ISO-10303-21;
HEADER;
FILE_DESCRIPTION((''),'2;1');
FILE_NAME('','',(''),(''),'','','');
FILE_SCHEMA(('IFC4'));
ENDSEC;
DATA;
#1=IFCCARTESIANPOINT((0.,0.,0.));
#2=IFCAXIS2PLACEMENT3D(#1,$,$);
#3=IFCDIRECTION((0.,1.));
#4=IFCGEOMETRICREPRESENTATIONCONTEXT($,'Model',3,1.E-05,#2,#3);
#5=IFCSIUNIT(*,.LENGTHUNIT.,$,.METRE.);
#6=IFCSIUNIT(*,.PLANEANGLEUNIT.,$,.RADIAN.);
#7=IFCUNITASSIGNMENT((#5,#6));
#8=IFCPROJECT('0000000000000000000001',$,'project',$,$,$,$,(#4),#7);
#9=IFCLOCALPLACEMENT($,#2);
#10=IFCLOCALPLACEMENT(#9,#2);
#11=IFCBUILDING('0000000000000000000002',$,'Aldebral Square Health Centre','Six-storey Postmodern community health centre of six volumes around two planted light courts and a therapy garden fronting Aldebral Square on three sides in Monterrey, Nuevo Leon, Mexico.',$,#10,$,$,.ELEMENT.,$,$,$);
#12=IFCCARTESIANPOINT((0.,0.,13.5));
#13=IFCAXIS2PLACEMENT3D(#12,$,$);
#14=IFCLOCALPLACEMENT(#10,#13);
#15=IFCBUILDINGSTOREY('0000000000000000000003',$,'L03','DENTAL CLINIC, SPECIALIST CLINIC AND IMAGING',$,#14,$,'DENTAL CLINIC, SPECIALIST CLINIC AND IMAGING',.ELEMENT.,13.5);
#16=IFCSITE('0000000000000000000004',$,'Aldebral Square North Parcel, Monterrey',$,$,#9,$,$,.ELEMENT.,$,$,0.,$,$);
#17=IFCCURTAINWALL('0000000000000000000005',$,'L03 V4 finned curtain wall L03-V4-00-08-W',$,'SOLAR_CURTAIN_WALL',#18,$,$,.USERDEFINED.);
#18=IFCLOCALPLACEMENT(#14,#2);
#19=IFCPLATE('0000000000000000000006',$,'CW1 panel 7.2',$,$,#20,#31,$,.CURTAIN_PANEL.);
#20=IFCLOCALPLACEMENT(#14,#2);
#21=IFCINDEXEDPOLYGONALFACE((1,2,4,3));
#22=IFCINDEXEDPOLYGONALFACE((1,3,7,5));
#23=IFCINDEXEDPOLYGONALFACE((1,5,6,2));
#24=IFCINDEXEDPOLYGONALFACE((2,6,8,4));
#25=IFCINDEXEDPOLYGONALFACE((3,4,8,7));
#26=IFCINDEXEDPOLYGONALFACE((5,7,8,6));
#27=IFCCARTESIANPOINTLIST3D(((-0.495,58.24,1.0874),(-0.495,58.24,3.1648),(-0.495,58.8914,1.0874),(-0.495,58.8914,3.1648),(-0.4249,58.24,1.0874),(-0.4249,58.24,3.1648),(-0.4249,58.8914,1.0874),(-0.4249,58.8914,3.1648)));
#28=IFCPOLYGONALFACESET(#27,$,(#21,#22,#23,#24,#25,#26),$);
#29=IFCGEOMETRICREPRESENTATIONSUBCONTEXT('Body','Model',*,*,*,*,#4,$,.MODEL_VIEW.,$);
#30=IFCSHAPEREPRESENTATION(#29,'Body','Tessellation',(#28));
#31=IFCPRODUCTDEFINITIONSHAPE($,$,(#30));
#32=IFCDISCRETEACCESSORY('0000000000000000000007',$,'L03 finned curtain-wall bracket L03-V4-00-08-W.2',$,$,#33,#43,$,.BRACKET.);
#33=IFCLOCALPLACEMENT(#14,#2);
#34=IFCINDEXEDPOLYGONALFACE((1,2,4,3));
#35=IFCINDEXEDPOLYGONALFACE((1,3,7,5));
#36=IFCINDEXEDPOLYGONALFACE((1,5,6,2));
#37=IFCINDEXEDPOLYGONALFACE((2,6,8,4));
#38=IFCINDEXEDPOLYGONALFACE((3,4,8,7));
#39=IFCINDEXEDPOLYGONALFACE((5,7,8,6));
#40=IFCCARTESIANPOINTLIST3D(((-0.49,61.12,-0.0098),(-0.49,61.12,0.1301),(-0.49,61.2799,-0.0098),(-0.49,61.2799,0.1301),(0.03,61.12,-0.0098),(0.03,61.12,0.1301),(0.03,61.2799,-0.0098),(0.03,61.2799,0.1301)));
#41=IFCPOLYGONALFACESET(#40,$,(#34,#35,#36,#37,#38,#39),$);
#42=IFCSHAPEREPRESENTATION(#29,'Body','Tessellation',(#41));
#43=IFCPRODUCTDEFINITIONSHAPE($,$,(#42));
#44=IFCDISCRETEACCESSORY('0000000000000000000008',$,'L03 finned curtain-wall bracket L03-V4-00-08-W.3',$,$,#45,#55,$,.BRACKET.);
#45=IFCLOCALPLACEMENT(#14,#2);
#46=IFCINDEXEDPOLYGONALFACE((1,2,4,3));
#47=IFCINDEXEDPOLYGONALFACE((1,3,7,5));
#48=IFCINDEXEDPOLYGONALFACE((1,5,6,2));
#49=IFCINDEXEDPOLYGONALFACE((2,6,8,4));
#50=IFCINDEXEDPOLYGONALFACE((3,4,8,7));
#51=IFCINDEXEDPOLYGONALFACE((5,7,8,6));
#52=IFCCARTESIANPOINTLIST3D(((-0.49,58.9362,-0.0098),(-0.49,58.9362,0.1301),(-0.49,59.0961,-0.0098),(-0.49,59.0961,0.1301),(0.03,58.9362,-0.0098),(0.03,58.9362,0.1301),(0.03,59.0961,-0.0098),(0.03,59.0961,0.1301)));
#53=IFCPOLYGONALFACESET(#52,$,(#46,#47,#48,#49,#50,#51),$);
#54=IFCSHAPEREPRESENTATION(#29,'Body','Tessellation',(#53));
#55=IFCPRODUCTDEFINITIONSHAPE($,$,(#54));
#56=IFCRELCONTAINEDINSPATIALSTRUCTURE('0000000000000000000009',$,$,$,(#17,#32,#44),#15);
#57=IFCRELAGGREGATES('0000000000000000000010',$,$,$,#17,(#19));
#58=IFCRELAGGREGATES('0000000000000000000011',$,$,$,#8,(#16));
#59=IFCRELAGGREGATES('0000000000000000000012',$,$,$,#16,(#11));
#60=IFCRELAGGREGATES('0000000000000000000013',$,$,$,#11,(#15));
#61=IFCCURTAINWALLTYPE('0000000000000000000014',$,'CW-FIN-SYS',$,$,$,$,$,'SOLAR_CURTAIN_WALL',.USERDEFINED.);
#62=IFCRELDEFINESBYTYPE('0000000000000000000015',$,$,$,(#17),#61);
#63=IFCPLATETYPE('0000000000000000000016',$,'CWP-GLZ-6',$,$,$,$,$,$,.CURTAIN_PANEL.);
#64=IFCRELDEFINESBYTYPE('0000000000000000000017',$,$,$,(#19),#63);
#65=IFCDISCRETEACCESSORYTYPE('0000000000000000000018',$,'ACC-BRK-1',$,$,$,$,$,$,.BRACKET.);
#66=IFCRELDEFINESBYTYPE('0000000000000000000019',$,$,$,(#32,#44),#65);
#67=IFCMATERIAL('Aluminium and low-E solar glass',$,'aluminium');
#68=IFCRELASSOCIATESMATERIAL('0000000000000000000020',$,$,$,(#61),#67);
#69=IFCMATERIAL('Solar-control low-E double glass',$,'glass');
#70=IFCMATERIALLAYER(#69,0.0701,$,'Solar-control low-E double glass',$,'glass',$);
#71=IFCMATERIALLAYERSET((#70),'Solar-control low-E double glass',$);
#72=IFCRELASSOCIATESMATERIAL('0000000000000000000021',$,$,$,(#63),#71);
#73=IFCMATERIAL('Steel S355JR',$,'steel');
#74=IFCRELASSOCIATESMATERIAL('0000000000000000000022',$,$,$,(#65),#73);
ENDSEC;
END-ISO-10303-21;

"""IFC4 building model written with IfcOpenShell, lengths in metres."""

from ifc_helpers import new_model, si_unit, direction, frame, origin, origin_2d, place, context, subcontext, project, spatial, rectangle, extrude, material, layer, layer_set, type_object, element, aggregate, save


model = new_model("IFC4")

# Units and contexts
model_context = context("Model", 3, precision=1e-05, world=origin(), true_north=direction((0.0, 1.0)))
body_context = subcontext(model_context, "Body", "Model", "MODEL_VIEW")
ifc_project = project(units=[si_unit("LENGTHUNIT", "METRE"), si_unit("PLANEANGLEUNIT", "RADIAN")], contexts=[model_context])

# Site, building, storey
site_placement = place(None, origin())
site = spatial("IfcSite", under=ifc_project, at=site_placement, Name="Aldebral Square North Parcel, Monterrey", CompositionType="ELEMENT", RefElevation=0.0)
building_placement = place(site_placement, origin())
building = spatial("IfcBuilding", under=site, at=building_placement, Name="Aldebral Square Health Centre", Description="Six-storey Postmodern community health centre of six volumes around two planted light courts and a therapy garden fronting Aldebral Square on three sides in Monterrey, Nuevo Leon, Mexico.", CompositionType="ELEMENT")
storey_placement = place(building_placement, frame((0.0, 0.0, 13.5)))
storey = spatial("IfcBuildingStorey", under=building, at=storey_placement, Name="L03", Description="DENTAL CLINIC, SPECIALIST CLINIC AND IMAGING", LongName="DENTAL CLINIC, SPECIALIST CLINIC AND IMAGING", CompositionType="ELEMENT", Elevation=13.5)

# Curtain wall, plate
ifc_material_1 = material(Name="Aluminium and low-E solar glass", Category="aluminium")
curtain_wall_type = type_object("IfcCurtainWallType", Name="CW-FIN-SYS", ElementType="SOLAR_CURTAIN_WALL", PredefinedType="USERDEFINED", material=ifc_material_1)
curtain_wall_placement = place(storey_placement, origin())
curtain_wall = element("IfcCurtainWall", 1, at=curtain_wall_placement, inside=storey, type_object=curtain_wall_type, Name="L03 V4 finned curtain wall L03-V4-00-08-W", ObjectType="SOLAR_CURTAIN_WALL", PredefinedType="USERDEFINED")
ifc_material_2 = material(Name="Solar-control low-E double glass", Category="glass")
ifc_layer = layer(ifc_material_2, 0.0701, Name="Solar-control low-E double glass", Category="glass")
ifc_layer_set = layer_set([ifc_layer], Name="Solar-control low-E double glass")
plate_type = type_object("IfcPlateType", Name="CWP-GLZ-6", PredefinedType="CURTAIN_PANEL", material=ifc_layer_set)
plate_1_placement = place(storey_placement, frame((-0.46, 58.5657, 1.0874), z_axis=(0.0, 0.0, 1.0), x_axis=(0.0, -1.0, 0.0)))
plate_1 = element("IfcPlate", 2, at=plate_1_placement, type_object=plate_type, Name="CW1 panel 7.2", PredefinedType="CURTAIN_PANEL", context=body_context, shape_type="SweptSolid", body=[
    extrude(rectangle(XDim=0.6514, YDim=0.0701, at=origin_2d()), origin(), (0.0, 0.0, 1.0), 2.0774),
])
aggregate(curtain_wall, [plate_1])

# Discrete accessories
ifc_material_3 = material(Name="Steel S355JR", Category="steel")
discrete_accessory_type = type_object("IfcDiscreteAccessoryType", Name="ACC-BRK-1", PredefinedType="BRACKET", material=ifc_material_3)
for number, where, z_axis, x_axis, name in (
    (3, (-0.23, 61.2, -0.0098), (0.0, 0.0, 1.0), (0.0, 1.0, 0.0), "L03 finned curtain-wall bracket L03-V4-00-08-W.2"),
    (4, (-0.23, 59.0161, -0.0098), (0.0, 0.0, 1.0), (0.0, 1.0, 0.0), "L03 finned curtain-wall bracket L03-V4-00-08-W.3"),
):
    element("IfcDiscreteAccessory", number, at=place(storey_placement, frame(where, z_axis=z_axis, x_axis=x_axis)), inside=storey, type_object=discrete_accessory_type, Name=name, PredefinedType="BRACKET", context=body_context, shape_type="SweptSolid", body=[
        extrude(rectangle(XDim=0.1599, YDim=0.52, at=origin_2d()), origin(), (0.0, 0.0, 1.0), 0.1399),
    ])

save(model, "model.ifc")
